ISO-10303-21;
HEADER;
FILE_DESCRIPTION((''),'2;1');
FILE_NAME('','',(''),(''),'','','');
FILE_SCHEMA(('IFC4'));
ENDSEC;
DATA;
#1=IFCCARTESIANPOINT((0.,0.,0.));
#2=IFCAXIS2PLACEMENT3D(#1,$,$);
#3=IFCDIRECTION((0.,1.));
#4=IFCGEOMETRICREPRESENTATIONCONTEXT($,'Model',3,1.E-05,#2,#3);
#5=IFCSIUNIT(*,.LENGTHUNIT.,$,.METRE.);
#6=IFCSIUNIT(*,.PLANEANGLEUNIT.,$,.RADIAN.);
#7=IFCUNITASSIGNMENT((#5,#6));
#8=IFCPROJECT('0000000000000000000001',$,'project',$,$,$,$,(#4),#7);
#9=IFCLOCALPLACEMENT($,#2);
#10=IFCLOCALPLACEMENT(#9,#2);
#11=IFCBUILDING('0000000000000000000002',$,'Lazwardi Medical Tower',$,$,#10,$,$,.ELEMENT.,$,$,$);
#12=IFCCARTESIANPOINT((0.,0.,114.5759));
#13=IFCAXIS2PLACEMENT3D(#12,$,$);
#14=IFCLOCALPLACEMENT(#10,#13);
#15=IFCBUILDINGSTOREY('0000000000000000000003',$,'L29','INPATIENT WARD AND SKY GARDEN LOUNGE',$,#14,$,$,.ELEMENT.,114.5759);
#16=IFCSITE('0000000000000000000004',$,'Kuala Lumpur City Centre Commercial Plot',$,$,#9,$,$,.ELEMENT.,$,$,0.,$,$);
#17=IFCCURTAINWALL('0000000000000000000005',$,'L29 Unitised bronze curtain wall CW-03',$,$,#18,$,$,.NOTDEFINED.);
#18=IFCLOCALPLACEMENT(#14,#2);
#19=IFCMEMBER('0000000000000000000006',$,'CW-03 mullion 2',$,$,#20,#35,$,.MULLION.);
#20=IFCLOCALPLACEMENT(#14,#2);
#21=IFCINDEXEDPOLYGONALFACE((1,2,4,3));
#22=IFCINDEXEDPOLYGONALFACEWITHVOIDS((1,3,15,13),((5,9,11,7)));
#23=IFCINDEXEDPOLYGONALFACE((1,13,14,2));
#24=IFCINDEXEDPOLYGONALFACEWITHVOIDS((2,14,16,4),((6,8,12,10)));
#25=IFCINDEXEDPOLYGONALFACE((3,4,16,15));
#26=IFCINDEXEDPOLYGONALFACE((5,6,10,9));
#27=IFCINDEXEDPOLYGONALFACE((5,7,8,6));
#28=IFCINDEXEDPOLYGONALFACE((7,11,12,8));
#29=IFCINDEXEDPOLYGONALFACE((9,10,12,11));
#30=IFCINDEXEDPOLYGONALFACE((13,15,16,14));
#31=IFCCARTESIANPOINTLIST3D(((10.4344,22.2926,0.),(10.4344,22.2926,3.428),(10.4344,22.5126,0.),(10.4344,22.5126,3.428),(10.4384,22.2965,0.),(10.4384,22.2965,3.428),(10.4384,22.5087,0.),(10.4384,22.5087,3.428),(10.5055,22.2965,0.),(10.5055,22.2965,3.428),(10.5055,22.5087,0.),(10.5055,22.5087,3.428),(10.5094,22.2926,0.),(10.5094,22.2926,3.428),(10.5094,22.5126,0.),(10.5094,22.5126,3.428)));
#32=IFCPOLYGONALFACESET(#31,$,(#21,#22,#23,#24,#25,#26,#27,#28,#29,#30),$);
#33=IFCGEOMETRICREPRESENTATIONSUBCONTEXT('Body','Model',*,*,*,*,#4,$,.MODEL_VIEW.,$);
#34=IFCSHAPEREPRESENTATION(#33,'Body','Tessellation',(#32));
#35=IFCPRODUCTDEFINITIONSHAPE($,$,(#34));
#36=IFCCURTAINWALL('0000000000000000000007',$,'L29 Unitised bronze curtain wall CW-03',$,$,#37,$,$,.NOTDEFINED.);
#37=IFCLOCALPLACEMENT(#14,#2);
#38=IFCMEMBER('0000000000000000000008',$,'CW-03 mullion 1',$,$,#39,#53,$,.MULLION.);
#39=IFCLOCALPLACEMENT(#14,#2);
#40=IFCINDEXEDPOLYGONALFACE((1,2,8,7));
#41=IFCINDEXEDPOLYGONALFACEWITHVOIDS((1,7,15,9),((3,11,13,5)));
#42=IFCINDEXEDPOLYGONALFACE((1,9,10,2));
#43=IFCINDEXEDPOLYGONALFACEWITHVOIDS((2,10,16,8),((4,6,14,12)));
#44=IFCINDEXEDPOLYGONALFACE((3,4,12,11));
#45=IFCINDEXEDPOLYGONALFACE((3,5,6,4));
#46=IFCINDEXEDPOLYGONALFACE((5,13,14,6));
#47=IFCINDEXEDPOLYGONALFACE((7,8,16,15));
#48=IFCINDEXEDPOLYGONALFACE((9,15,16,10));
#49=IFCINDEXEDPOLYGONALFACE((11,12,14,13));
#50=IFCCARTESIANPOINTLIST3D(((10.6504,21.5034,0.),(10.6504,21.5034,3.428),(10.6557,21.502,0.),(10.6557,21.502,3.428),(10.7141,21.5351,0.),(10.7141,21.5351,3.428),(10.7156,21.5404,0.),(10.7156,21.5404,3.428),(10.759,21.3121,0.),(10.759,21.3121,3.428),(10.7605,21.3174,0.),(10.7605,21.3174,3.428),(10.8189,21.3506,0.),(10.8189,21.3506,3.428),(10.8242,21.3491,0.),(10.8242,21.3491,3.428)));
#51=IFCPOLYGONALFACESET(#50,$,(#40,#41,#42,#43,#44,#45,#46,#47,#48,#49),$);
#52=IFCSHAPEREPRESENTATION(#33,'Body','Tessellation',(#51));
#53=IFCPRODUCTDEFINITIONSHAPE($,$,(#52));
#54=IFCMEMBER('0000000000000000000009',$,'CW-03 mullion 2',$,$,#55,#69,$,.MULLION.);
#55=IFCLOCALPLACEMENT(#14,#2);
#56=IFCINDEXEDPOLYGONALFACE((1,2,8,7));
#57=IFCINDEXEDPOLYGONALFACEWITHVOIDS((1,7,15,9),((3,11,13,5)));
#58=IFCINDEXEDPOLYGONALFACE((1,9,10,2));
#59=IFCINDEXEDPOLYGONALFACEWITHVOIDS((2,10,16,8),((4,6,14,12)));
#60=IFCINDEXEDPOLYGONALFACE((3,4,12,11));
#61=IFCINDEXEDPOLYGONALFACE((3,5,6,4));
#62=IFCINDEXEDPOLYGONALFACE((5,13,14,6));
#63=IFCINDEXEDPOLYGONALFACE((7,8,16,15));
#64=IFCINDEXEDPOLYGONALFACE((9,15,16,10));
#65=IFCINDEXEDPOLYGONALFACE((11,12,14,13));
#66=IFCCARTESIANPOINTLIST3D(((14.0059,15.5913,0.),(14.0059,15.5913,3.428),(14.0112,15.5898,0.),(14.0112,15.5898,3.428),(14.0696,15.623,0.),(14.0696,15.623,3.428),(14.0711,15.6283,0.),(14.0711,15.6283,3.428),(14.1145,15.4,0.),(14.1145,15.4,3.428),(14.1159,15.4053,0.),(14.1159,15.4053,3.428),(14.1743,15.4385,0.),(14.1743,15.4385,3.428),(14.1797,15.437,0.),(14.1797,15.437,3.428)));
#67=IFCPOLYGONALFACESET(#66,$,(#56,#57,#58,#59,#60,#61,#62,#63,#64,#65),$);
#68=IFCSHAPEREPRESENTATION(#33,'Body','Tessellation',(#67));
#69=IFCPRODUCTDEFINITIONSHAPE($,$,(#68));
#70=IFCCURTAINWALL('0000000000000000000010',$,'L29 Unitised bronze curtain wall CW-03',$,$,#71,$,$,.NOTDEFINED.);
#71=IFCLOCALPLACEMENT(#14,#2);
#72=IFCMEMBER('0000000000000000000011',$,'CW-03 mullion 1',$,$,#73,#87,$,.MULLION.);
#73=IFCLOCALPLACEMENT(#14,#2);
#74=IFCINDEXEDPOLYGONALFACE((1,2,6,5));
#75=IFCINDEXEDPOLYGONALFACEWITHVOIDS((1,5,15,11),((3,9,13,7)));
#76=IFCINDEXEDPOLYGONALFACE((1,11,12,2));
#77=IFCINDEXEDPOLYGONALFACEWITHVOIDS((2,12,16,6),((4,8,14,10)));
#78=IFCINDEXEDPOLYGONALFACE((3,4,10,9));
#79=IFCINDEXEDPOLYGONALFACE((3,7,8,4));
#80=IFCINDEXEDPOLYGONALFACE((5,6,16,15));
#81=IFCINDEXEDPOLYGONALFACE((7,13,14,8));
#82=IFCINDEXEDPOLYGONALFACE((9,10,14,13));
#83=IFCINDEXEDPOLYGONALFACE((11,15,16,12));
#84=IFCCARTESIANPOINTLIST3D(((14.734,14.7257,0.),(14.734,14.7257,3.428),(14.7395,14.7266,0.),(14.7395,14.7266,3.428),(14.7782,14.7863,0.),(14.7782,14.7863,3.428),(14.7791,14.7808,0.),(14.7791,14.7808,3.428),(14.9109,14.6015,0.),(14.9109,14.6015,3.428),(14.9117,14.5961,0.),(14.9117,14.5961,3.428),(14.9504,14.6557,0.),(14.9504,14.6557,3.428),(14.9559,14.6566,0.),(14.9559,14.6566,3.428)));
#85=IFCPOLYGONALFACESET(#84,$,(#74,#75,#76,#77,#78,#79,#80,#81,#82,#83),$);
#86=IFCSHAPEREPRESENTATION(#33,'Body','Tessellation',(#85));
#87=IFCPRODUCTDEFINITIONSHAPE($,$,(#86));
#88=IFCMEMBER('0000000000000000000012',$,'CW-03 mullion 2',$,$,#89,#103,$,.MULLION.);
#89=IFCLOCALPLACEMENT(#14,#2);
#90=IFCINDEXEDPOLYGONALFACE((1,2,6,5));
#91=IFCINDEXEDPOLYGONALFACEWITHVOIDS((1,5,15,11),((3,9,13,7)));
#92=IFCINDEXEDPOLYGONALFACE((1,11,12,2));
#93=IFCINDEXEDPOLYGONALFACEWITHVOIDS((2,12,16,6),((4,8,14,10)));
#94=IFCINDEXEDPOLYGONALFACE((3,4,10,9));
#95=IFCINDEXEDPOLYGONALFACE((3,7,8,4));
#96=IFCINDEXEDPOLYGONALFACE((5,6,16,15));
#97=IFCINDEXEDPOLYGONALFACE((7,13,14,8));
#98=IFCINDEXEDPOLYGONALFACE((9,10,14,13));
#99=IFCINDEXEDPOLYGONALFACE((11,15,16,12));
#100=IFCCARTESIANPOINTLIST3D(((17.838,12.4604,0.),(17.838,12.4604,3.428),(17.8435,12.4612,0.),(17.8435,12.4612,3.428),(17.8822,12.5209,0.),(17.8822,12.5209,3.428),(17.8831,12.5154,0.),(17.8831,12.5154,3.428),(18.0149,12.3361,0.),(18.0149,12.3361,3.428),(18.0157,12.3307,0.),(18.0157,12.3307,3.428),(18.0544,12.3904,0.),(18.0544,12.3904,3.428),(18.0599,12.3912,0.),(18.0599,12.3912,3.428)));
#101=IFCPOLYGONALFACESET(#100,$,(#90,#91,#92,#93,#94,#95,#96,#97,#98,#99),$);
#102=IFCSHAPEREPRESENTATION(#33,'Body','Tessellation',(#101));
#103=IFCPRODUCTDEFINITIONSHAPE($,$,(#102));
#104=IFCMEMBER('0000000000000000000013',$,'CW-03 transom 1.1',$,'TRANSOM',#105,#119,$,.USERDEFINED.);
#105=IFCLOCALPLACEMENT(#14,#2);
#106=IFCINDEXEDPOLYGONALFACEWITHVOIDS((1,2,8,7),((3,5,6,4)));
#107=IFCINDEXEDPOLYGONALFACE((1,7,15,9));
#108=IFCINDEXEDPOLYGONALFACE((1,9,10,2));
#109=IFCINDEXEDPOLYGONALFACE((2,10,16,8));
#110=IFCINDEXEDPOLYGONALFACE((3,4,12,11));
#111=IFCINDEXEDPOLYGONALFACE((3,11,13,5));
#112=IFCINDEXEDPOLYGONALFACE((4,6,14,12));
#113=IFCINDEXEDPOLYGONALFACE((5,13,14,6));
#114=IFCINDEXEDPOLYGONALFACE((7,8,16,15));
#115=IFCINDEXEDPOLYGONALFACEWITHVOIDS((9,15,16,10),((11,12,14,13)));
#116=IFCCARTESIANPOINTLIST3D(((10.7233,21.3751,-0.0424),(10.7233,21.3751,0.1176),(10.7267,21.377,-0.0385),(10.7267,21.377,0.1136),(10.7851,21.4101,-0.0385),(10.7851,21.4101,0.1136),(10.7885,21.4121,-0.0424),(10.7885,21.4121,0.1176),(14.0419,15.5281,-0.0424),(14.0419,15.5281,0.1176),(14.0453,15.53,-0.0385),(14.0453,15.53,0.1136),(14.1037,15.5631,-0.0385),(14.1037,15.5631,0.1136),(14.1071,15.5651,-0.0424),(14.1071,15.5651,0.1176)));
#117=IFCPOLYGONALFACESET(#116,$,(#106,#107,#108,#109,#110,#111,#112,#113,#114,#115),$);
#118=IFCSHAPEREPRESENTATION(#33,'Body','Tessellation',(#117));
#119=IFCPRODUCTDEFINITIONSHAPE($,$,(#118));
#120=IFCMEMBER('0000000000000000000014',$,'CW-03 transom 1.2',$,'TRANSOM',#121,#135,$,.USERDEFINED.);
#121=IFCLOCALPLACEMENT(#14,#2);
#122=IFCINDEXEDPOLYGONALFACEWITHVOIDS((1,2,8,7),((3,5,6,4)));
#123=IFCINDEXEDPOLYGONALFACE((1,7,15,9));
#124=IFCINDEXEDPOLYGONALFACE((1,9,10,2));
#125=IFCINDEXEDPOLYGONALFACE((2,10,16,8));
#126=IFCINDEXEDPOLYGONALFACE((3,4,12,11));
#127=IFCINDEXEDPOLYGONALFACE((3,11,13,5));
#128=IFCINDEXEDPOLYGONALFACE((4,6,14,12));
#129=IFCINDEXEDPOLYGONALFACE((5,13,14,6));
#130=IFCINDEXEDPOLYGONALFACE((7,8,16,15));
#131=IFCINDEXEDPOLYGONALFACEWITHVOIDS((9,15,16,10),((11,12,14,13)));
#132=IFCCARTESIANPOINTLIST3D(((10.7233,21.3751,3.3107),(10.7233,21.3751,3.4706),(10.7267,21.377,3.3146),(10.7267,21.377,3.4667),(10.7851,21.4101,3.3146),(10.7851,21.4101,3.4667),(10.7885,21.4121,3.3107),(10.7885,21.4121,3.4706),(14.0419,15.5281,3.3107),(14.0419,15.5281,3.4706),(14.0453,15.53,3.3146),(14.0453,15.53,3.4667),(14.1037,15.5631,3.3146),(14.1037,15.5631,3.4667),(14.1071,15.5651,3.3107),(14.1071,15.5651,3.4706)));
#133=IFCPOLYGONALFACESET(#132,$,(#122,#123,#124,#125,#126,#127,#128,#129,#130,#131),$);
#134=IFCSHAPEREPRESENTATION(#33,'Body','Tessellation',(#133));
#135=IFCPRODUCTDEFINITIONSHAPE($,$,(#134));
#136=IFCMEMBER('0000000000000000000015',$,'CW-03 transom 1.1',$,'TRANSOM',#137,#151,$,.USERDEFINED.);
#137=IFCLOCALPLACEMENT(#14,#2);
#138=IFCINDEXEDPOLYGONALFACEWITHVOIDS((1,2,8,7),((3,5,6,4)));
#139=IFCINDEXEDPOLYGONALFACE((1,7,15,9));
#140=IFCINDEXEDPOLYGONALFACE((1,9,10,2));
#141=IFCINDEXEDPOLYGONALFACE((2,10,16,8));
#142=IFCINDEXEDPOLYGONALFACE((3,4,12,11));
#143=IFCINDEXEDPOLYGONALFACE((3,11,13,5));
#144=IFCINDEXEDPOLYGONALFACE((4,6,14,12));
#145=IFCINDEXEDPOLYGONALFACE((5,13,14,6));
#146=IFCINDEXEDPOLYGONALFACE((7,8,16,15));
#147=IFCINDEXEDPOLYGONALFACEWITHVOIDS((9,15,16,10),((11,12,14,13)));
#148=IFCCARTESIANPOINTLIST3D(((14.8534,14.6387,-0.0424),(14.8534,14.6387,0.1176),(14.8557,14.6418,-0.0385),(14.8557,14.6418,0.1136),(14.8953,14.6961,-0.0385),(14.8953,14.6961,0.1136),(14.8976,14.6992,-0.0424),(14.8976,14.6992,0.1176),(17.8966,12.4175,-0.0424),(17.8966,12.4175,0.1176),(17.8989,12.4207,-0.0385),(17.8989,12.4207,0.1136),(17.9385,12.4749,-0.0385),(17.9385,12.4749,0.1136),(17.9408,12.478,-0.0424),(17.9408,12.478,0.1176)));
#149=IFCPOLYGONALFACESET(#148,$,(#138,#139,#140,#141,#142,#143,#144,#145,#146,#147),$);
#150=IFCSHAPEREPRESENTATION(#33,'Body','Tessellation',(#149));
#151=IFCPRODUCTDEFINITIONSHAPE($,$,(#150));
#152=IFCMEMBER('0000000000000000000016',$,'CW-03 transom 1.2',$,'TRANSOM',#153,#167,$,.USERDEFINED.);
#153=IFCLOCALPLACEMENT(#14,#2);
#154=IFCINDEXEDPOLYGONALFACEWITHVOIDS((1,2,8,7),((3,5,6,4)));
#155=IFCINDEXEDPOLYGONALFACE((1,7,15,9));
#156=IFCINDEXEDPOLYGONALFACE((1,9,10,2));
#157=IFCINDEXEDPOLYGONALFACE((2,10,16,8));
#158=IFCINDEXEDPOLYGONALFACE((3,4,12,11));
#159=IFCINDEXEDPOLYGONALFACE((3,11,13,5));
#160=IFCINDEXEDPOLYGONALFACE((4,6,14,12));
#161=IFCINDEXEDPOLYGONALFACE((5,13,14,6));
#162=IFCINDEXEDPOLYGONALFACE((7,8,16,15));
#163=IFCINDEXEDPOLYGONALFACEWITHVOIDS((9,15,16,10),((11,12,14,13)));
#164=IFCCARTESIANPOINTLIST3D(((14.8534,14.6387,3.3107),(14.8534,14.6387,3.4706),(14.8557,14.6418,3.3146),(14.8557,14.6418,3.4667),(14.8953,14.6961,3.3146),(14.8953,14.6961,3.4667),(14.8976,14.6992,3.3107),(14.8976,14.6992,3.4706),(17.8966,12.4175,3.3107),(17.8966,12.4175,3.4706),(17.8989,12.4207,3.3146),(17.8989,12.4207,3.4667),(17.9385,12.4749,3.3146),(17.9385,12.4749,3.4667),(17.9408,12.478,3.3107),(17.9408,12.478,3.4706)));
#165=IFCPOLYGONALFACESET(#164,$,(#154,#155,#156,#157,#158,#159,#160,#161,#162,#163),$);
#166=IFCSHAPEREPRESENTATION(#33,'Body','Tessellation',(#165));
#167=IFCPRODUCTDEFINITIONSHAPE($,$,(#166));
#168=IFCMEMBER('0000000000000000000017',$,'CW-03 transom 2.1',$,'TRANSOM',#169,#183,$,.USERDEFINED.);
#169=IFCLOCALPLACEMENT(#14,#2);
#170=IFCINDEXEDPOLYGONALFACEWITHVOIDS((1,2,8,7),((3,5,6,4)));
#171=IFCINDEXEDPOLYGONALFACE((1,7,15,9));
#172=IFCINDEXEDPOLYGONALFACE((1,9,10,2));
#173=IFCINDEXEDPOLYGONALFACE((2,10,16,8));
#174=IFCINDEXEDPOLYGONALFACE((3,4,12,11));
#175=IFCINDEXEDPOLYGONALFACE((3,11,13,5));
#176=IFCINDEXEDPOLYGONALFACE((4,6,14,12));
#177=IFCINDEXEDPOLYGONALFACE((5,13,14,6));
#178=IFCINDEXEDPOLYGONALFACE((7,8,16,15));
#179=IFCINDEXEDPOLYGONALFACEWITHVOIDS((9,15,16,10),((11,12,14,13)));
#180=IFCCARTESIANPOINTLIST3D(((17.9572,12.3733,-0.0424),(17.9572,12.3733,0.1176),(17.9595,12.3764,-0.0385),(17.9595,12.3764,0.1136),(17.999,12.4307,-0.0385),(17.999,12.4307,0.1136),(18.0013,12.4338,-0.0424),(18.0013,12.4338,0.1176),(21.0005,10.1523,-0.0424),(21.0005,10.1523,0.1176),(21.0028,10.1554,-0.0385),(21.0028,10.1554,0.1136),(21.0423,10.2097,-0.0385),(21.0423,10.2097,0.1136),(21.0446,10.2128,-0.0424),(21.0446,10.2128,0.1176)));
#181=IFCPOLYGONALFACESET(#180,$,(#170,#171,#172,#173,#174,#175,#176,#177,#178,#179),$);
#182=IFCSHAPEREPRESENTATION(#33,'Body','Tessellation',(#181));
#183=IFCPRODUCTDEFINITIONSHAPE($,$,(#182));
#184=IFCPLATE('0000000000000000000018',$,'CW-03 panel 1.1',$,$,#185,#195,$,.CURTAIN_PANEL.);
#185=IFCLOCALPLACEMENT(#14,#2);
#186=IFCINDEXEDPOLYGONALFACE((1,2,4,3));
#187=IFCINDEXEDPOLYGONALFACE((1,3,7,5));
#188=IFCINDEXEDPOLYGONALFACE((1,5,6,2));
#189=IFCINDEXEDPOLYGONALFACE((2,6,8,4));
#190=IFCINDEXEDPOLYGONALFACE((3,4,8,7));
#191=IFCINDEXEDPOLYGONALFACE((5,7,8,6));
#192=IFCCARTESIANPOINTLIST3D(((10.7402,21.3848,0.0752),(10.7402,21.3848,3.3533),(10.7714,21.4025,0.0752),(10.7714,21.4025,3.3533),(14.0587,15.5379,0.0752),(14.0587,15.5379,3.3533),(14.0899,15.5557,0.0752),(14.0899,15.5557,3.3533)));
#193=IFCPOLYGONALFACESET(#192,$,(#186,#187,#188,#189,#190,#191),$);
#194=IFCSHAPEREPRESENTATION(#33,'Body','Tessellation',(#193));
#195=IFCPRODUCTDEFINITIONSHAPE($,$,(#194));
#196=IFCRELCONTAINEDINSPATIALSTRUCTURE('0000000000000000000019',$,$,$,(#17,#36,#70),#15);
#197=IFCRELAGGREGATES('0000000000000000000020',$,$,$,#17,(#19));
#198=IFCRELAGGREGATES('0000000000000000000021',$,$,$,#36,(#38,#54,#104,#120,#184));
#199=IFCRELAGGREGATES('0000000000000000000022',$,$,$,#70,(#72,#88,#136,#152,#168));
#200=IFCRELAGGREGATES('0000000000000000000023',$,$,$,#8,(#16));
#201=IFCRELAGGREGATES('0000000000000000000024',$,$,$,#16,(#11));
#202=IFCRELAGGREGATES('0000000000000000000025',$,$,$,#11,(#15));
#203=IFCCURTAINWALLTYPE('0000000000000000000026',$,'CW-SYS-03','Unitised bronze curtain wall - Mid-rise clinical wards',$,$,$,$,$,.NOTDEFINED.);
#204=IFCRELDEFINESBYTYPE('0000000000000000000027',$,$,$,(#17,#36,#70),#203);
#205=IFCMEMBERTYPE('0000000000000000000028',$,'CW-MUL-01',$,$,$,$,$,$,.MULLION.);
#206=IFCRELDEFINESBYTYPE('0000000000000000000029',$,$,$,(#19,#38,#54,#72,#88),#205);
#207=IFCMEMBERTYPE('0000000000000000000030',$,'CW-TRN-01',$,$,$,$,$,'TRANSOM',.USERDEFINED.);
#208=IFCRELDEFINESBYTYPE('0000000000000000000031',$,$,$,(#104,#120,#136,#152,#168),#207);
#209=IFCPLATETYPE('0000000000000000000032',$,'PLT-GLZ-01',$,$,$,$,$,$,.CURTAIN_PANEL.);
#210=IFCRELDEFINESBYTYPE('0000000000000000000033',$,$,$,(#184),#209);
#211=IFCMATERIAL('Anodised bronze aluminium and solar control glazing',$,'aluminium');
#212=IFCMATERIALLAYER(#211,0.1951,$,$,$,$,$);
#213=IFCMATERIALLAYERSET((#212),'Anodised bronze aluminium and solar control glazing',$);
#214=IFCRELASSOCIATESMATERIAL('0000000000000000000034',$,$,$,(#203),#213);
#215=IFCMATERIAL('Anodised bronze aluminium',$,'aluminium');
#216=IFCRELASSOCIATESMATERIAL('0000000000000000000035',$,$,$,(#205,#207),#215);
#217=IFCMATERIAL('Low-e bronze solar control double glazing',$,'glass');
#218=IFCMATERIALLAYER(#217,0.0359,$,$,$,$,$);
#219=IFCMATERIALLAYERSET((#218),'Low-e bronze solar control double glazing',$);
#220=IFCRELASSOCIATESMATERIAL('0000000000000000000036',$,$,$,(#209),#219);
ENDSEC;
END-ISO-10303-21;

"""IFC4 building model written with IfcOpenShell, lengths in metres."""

from ifc_helpers import new_model, si_unit, direction, frame, origin, origin_2d, place, context, subcontext, project, spatial, rectangle, hollow_rectangle, extrude, material, layer, layer_set, material_profile, profile_set, type_object, element, aggregate, save


model = new_model("IFC4")

# Units and contexts
model_context = context("Model", 3, precision=1e-05, world=origin(), true_north=direction((0.0, 1.0)))
body_context = subcontext(model_context, "Body", "Model", "MODEL_VIEW")
ifc_project = project(units=[si_unit("LENGTHUNIT", "METRE"), si_unit("PLANEANGLEUNIT", "RADIAN")], contexts=[model_context])

# Site, building, storey
site_placement = place(None, origin())
site = spatial("IfcSite", under=ifc_project, at=site_placement, Name="Kuala Lumpur City Centre Commercial Plot", CompositionType="ELEMENT", RefElevation=0.0)
building_placement = place(site_placement, origin())
building = spatial("IfcBuilding", under=site, at=building_placement, Name="Lazwardi Medical Tower", CompositionType="ELEMENT")
storey_placement = place(building_placement, frame((0.0, 0.0, 114.5759)))
storey = spatial("IfcBuildingStorey", under=building, at=storey_placement, Name="L29", Description="INPATIENT WARD AND SKY GARDEN LOUNGE", CompositionType="ELEMENT", Elevation=114.5759)

# Curtain wall, member
ifc_material_1 = material(Name="Anodised bronze aluminium and solar control glazing", Category="aluminium")
ifc_layer_1 = layer(ifc_material_1, 0.1951)
ifc_layer_set_1 = layer_set([ifc_layer_1], Name="Anodised bronze aluminium and solar control glazing")
curtain_wall_type = type_object("IfcCurtainWallType", Name="CW-SYS-03", Description="Unitised bronze curtain wall - Mid-rise clinical wards", PredefinedType="NOTDEFINED", material=ifc_layer_set_1)
curtain_wall_1_placement = place(storey_placement, origin())
curtain_wall_1 = element("IfcCurtainWall", 1, at=curtain_wall_1_placement, inside=storey, type_object=curtain_wall_type, Name="L29 Unitised bronze curtain wall CW-03", PredefinedType="NOTDEFINED")
ifc_material_2 = material(Name="Anodised bronze aluminium", Category="aluminium")
ifc_material_profile_1 = material_profile(ifc_material_2, hollow_rectangle(XDim=0.075, YDim=0.22, WallThickness=0.0039, at=origin_2d()), Name="ALU-MULLION 220x75x4")
ifc_profile_set_1 = profile_set([ifc_material_profile_1], Name="Anodised bronze aluminium")
member_type_1 = type_object("IfcMemberType", Name="CW-MUL-01", PredefinedType="MULLION", material=ifc_profile_set_1)
member_1_placement = place(storey_placement, frame((10.4719, 22.4026, 0.0), z_axis=(0.0, 0.0, 1.0), x_axis=(1.0, 0.0, 0.0)))
member_1 = element("IfcMember", 2, at=member_1_placement, type_object=member_type_1, Name="CW-03 mullion 2", PredefinedType="MULLION", context=body_context, shape_type="SweptSolid", body=[
    extrude(hollow_rectangle(XDim=0.075, YDim=0.22, WallThickness=0.0039, at=origin_2d()), origin(), (0.0, 0.0, 1.0), 3.428),
])
aggregate(curtain_wall_1, [member_1])

# Curtain walls, members
curtain_wall_2_placement = place(storey_placement, origin())
curtain_wall_2 = element("IfcCurtainWall", 3, at=curtain_wall_2_placement, inside=storey, type_object=curtain_wall_type, Name="L29 Unitised bronze curtain wall CW-03", PredefinedType="NOTDEFINED")
member_2_placement = place(storey_placement, frame((10.7373, 21.4263, 0.0), z_axis=(0.0, 0.0, 1.0), x_axis=(0.869687, 0.493603, 0.0)))
member_2 = element("IfcMember", 4, at=member_2_placement, type_object=member_type_1, Name="CW-03 mullion 1", PredefinedType="MULLION", context=body_context, shape_type="SweptSolid", body=[
    extrude(hollow_rectangle(XDim=0.075, YDim=0.22, WallThickness=0.0039, at=origin_2d()), origin(), (0.0, 0.0, 1.0), 3.428),
])
member_3_placement = place(storey_placement, frame((14.0928, 15.5142, 0.0), z_axis=(0.0, 0.0, 1.0), x_axis=(0.869687, 0.493603, 0.0)))
member_3 = element("IfcMember", 5, at=member_3_placement, type_object=member_type_1, Name="CW-03 mullion 2", PredefinedType="MULLION", context=body_context, shape_type="SweptSolid", body=[
    extrude(hollow_rectangle(XDim=0.075, YDim=0.22, WallThickness=0.0039, at=origin_2d()), origin(), (0.0, 0.0, 1.0), 3.428),
])
curtain_wall_3_placement = place(storey_placement, origin())
curtain_wall_3 = element("IfcCurtainWall", 6, at=curtain_wall_3_placement, inside=storey, type_object=curtain_wall_type, Name="L29 Unitised bronze curtain wall CW-03", PredefinedType="NOTDEFINED")
member_4_placement = place(storey_placement, frame((14.845, 14.6912, 0.0), z_axis=(0.0, 0.0, 1.0), x_axis=(0.589531, 0.807746, 0.0)))
member_4 = element("IfcMember", 7, at=member_4_placement, type_object=member_type_1, Name="CW-03 mullion 1", PredefinedType="MULLION", context=body_context, shape_type="SweptSolid", body=[
    extrude(hollow_rectangle(XDim=0.075, YDim=0.22, WallThickness=0.0039, at=origin_2d()), origin(), (0.0, 0.0, 1.0), 3.428),
])
member_5_placement = place(storey_placement, frame((17.949, 12.4258, 0.0), z_axis=(0.0, 0.0, 1.0), x_axis=(0.589531, 0.807746, 0.0)))
member_5 = element("IfcMember", 8, at=member_5_placement, type_object=member_type_1, Name="CW-03 mullion 2", PredefinedType="MULLION", context=body_context, shape_type="SweptSolid", body=[
    extrude(hollow_rectangle(XDim=0.075, YDim=0.22, WallThickness=0.0039, at=origin_2d()), origin(), (0.0, 0.0, 1.0), 3.428),
])

# Members
ifc_material_profile_2 = material_profile(ifc_material_2, hollow_rectangle(XDim=0.075, YDim=0.1599, WallThickness=0.0039, at=origin_2d()), Name="ALU-TRANSOM 160x75x4")
ifc_profile_set_2 = profile_set([ifc_material_profile_2], Name="Anodised bronze aluminium")
member_type_2 = type_object("IfcMemberType", Name="CW-TRN-01", ElementType="TRANSOM", PredefinedType="USERDEFINED", material=ifc_profile_set_2)
member_6_placement = place(storey_placement, frame((10.7559, 21.3936, 0.0376), z_axis=(0.493614, -0.869681, 0.0), x_axis=(0.869681, 0.493614, 0.0)))
member_6 = element("IfcMember", 9, at=member_6_placement, type_object=member_type_2, Name="CW-03 transom 1.1", ObjectType="TRANSOM", PredefinedType="USERDEFINED", context=body_context, shape_type="SweptSolid", body=[
    extrude(hollow_rectangle(XDim=0.075, YDim=0.1599, WallThickness=0.0039, at=origin_2d()), origin(), (0.0, 0.0, 1.0), 6.7231),
])
member_7_placement = place(storey_placement, frame((10.7559, 21.3936, 3.3906), z_axis=(0.493614, -0.869681, 0.0), x_axis=(0.869681, 0.493614, 0.0)))
member_7 = element("IfcMember", 10, at=member_7_placement, type_object=member_type_2, Name="CW-03 transom 1.2", ObjectType="TRANSOM", PredefinedType="USERDEFINED", context=body_context, shape_type="SweptSolid", body=[
    extrude(hollow_rectangle(XDim=0.075, YDim=0.1599, WallThickness=0.0039, at=origin_2d()), origin(), (0.0, 0.0, 1.0), 6.7231),
])
member_8_placement = place(storey_placement, frame((14.8755, 14.6689, 0.0376), z_axis=(0.807732, -0.58955, 0.0), x_axis=(0.58955, 0.807732, 0.0)))
member_8 = element("IfcMember", 11, at=member_8_placement, type_object=member_type_2, Name="CW-03 transom 1.1", ObjectType="TRANSOM", PredefinedType="USERDEFINED", context=body_context, shape_type="SweptSolid", body=[
    extrude(hollow_rectangle(XDim=0.075, YDim=0.1599, WallThickness=0.0039, at=origin_2d()), origin(), (0.0, 0.0, 1.0), 3.7676),
])
member_9_placement = place(storey_placement, frame((14.8755, 14.6689, 3.3906), z_axis=(0.807732, -0.58955, 0.0), x_axis=(0.58955, 0.807732, 0.0)))
member_9 = element("IfcMember", 12, at=member_9_placement, type_object=member_type_2, Name="CW-03 transom 1.2", ObjectType="TRANSOM", PredefinedType="USERDEFINED", context=body_context, shape_type="SweptSolid", body=[
    extrude(hollow_rectangle(XDim=0.075, YDim=0.1599, WallThickness=0.0039, at=origin_2d()), origin(), (0.0, 0.0, 1.0), 3.7676),
])
member_10_placement = place(storey_placement, frame((17.9792, 12.4036, 0.0376), z_axis=(0.807763, -0.589508, 0.0), x_axis=(0.589508, 0.807763, 0.0)))
member_10 = element("IfcMember", 13, at=member_10_placement, type_object=member_type_2, Name="CW-03 transom 2.1", ObjectType="TRANSOM", PredefinedType="USERDEFINED", context=body_context, shape_type="SweptSolid", body=[
    extrude(hollow_rectangle(XDim=0.075, YDim=0.1599, WallThickness=0.0039, at=origin_2d()), origin(), (0.0, 0.0, 1.0), 3.7676),
])

# Plate
ifc_material_3 = material(Name="Low-e bronze solar control double glazing", Category="glass")
ifc_layer_2 = layer(ifc_material_3, 0.0359)
ifc_layer_set_2 = layer_set([ifc_layer_2], Name="Low-e bronze solar control double glazing")
plate_type = type_object("IfcPlateType", Name="PLT-GLZ-01", PredefinedType="CURTAIN_PANEL", material=ifc_layer_set_2)
plate_1_placement = place(storey_placement, frame((12.415, 18.4702, 0.0752), z_axis=(0.0, 0.0, 1.0), x_axis=(0.493603, -0.869687, 0.0)))
plate_1 = element("IfcPlate", 14, at=plate_1_placement, type_object=plate_type, Name="CW-03 panel 1.1", PredefinedType="CURTAIN_PANEL", context=body_context, shape_type="SweptSolid", body=[
    extrude(rectangle(XDim=6.7229, YDim=0.0359, at=origin_2d()), origin(), (0.0, 0.0, 1.0), 3.2781),
])
aggregate(curtain_wall_2, [member_2, member_3, member_6, member_7, plate_1])
aggregate(curtain_wall_3, [member_4, member_5, member_8, member_9, member_10])

save(model, "model.ifc")
